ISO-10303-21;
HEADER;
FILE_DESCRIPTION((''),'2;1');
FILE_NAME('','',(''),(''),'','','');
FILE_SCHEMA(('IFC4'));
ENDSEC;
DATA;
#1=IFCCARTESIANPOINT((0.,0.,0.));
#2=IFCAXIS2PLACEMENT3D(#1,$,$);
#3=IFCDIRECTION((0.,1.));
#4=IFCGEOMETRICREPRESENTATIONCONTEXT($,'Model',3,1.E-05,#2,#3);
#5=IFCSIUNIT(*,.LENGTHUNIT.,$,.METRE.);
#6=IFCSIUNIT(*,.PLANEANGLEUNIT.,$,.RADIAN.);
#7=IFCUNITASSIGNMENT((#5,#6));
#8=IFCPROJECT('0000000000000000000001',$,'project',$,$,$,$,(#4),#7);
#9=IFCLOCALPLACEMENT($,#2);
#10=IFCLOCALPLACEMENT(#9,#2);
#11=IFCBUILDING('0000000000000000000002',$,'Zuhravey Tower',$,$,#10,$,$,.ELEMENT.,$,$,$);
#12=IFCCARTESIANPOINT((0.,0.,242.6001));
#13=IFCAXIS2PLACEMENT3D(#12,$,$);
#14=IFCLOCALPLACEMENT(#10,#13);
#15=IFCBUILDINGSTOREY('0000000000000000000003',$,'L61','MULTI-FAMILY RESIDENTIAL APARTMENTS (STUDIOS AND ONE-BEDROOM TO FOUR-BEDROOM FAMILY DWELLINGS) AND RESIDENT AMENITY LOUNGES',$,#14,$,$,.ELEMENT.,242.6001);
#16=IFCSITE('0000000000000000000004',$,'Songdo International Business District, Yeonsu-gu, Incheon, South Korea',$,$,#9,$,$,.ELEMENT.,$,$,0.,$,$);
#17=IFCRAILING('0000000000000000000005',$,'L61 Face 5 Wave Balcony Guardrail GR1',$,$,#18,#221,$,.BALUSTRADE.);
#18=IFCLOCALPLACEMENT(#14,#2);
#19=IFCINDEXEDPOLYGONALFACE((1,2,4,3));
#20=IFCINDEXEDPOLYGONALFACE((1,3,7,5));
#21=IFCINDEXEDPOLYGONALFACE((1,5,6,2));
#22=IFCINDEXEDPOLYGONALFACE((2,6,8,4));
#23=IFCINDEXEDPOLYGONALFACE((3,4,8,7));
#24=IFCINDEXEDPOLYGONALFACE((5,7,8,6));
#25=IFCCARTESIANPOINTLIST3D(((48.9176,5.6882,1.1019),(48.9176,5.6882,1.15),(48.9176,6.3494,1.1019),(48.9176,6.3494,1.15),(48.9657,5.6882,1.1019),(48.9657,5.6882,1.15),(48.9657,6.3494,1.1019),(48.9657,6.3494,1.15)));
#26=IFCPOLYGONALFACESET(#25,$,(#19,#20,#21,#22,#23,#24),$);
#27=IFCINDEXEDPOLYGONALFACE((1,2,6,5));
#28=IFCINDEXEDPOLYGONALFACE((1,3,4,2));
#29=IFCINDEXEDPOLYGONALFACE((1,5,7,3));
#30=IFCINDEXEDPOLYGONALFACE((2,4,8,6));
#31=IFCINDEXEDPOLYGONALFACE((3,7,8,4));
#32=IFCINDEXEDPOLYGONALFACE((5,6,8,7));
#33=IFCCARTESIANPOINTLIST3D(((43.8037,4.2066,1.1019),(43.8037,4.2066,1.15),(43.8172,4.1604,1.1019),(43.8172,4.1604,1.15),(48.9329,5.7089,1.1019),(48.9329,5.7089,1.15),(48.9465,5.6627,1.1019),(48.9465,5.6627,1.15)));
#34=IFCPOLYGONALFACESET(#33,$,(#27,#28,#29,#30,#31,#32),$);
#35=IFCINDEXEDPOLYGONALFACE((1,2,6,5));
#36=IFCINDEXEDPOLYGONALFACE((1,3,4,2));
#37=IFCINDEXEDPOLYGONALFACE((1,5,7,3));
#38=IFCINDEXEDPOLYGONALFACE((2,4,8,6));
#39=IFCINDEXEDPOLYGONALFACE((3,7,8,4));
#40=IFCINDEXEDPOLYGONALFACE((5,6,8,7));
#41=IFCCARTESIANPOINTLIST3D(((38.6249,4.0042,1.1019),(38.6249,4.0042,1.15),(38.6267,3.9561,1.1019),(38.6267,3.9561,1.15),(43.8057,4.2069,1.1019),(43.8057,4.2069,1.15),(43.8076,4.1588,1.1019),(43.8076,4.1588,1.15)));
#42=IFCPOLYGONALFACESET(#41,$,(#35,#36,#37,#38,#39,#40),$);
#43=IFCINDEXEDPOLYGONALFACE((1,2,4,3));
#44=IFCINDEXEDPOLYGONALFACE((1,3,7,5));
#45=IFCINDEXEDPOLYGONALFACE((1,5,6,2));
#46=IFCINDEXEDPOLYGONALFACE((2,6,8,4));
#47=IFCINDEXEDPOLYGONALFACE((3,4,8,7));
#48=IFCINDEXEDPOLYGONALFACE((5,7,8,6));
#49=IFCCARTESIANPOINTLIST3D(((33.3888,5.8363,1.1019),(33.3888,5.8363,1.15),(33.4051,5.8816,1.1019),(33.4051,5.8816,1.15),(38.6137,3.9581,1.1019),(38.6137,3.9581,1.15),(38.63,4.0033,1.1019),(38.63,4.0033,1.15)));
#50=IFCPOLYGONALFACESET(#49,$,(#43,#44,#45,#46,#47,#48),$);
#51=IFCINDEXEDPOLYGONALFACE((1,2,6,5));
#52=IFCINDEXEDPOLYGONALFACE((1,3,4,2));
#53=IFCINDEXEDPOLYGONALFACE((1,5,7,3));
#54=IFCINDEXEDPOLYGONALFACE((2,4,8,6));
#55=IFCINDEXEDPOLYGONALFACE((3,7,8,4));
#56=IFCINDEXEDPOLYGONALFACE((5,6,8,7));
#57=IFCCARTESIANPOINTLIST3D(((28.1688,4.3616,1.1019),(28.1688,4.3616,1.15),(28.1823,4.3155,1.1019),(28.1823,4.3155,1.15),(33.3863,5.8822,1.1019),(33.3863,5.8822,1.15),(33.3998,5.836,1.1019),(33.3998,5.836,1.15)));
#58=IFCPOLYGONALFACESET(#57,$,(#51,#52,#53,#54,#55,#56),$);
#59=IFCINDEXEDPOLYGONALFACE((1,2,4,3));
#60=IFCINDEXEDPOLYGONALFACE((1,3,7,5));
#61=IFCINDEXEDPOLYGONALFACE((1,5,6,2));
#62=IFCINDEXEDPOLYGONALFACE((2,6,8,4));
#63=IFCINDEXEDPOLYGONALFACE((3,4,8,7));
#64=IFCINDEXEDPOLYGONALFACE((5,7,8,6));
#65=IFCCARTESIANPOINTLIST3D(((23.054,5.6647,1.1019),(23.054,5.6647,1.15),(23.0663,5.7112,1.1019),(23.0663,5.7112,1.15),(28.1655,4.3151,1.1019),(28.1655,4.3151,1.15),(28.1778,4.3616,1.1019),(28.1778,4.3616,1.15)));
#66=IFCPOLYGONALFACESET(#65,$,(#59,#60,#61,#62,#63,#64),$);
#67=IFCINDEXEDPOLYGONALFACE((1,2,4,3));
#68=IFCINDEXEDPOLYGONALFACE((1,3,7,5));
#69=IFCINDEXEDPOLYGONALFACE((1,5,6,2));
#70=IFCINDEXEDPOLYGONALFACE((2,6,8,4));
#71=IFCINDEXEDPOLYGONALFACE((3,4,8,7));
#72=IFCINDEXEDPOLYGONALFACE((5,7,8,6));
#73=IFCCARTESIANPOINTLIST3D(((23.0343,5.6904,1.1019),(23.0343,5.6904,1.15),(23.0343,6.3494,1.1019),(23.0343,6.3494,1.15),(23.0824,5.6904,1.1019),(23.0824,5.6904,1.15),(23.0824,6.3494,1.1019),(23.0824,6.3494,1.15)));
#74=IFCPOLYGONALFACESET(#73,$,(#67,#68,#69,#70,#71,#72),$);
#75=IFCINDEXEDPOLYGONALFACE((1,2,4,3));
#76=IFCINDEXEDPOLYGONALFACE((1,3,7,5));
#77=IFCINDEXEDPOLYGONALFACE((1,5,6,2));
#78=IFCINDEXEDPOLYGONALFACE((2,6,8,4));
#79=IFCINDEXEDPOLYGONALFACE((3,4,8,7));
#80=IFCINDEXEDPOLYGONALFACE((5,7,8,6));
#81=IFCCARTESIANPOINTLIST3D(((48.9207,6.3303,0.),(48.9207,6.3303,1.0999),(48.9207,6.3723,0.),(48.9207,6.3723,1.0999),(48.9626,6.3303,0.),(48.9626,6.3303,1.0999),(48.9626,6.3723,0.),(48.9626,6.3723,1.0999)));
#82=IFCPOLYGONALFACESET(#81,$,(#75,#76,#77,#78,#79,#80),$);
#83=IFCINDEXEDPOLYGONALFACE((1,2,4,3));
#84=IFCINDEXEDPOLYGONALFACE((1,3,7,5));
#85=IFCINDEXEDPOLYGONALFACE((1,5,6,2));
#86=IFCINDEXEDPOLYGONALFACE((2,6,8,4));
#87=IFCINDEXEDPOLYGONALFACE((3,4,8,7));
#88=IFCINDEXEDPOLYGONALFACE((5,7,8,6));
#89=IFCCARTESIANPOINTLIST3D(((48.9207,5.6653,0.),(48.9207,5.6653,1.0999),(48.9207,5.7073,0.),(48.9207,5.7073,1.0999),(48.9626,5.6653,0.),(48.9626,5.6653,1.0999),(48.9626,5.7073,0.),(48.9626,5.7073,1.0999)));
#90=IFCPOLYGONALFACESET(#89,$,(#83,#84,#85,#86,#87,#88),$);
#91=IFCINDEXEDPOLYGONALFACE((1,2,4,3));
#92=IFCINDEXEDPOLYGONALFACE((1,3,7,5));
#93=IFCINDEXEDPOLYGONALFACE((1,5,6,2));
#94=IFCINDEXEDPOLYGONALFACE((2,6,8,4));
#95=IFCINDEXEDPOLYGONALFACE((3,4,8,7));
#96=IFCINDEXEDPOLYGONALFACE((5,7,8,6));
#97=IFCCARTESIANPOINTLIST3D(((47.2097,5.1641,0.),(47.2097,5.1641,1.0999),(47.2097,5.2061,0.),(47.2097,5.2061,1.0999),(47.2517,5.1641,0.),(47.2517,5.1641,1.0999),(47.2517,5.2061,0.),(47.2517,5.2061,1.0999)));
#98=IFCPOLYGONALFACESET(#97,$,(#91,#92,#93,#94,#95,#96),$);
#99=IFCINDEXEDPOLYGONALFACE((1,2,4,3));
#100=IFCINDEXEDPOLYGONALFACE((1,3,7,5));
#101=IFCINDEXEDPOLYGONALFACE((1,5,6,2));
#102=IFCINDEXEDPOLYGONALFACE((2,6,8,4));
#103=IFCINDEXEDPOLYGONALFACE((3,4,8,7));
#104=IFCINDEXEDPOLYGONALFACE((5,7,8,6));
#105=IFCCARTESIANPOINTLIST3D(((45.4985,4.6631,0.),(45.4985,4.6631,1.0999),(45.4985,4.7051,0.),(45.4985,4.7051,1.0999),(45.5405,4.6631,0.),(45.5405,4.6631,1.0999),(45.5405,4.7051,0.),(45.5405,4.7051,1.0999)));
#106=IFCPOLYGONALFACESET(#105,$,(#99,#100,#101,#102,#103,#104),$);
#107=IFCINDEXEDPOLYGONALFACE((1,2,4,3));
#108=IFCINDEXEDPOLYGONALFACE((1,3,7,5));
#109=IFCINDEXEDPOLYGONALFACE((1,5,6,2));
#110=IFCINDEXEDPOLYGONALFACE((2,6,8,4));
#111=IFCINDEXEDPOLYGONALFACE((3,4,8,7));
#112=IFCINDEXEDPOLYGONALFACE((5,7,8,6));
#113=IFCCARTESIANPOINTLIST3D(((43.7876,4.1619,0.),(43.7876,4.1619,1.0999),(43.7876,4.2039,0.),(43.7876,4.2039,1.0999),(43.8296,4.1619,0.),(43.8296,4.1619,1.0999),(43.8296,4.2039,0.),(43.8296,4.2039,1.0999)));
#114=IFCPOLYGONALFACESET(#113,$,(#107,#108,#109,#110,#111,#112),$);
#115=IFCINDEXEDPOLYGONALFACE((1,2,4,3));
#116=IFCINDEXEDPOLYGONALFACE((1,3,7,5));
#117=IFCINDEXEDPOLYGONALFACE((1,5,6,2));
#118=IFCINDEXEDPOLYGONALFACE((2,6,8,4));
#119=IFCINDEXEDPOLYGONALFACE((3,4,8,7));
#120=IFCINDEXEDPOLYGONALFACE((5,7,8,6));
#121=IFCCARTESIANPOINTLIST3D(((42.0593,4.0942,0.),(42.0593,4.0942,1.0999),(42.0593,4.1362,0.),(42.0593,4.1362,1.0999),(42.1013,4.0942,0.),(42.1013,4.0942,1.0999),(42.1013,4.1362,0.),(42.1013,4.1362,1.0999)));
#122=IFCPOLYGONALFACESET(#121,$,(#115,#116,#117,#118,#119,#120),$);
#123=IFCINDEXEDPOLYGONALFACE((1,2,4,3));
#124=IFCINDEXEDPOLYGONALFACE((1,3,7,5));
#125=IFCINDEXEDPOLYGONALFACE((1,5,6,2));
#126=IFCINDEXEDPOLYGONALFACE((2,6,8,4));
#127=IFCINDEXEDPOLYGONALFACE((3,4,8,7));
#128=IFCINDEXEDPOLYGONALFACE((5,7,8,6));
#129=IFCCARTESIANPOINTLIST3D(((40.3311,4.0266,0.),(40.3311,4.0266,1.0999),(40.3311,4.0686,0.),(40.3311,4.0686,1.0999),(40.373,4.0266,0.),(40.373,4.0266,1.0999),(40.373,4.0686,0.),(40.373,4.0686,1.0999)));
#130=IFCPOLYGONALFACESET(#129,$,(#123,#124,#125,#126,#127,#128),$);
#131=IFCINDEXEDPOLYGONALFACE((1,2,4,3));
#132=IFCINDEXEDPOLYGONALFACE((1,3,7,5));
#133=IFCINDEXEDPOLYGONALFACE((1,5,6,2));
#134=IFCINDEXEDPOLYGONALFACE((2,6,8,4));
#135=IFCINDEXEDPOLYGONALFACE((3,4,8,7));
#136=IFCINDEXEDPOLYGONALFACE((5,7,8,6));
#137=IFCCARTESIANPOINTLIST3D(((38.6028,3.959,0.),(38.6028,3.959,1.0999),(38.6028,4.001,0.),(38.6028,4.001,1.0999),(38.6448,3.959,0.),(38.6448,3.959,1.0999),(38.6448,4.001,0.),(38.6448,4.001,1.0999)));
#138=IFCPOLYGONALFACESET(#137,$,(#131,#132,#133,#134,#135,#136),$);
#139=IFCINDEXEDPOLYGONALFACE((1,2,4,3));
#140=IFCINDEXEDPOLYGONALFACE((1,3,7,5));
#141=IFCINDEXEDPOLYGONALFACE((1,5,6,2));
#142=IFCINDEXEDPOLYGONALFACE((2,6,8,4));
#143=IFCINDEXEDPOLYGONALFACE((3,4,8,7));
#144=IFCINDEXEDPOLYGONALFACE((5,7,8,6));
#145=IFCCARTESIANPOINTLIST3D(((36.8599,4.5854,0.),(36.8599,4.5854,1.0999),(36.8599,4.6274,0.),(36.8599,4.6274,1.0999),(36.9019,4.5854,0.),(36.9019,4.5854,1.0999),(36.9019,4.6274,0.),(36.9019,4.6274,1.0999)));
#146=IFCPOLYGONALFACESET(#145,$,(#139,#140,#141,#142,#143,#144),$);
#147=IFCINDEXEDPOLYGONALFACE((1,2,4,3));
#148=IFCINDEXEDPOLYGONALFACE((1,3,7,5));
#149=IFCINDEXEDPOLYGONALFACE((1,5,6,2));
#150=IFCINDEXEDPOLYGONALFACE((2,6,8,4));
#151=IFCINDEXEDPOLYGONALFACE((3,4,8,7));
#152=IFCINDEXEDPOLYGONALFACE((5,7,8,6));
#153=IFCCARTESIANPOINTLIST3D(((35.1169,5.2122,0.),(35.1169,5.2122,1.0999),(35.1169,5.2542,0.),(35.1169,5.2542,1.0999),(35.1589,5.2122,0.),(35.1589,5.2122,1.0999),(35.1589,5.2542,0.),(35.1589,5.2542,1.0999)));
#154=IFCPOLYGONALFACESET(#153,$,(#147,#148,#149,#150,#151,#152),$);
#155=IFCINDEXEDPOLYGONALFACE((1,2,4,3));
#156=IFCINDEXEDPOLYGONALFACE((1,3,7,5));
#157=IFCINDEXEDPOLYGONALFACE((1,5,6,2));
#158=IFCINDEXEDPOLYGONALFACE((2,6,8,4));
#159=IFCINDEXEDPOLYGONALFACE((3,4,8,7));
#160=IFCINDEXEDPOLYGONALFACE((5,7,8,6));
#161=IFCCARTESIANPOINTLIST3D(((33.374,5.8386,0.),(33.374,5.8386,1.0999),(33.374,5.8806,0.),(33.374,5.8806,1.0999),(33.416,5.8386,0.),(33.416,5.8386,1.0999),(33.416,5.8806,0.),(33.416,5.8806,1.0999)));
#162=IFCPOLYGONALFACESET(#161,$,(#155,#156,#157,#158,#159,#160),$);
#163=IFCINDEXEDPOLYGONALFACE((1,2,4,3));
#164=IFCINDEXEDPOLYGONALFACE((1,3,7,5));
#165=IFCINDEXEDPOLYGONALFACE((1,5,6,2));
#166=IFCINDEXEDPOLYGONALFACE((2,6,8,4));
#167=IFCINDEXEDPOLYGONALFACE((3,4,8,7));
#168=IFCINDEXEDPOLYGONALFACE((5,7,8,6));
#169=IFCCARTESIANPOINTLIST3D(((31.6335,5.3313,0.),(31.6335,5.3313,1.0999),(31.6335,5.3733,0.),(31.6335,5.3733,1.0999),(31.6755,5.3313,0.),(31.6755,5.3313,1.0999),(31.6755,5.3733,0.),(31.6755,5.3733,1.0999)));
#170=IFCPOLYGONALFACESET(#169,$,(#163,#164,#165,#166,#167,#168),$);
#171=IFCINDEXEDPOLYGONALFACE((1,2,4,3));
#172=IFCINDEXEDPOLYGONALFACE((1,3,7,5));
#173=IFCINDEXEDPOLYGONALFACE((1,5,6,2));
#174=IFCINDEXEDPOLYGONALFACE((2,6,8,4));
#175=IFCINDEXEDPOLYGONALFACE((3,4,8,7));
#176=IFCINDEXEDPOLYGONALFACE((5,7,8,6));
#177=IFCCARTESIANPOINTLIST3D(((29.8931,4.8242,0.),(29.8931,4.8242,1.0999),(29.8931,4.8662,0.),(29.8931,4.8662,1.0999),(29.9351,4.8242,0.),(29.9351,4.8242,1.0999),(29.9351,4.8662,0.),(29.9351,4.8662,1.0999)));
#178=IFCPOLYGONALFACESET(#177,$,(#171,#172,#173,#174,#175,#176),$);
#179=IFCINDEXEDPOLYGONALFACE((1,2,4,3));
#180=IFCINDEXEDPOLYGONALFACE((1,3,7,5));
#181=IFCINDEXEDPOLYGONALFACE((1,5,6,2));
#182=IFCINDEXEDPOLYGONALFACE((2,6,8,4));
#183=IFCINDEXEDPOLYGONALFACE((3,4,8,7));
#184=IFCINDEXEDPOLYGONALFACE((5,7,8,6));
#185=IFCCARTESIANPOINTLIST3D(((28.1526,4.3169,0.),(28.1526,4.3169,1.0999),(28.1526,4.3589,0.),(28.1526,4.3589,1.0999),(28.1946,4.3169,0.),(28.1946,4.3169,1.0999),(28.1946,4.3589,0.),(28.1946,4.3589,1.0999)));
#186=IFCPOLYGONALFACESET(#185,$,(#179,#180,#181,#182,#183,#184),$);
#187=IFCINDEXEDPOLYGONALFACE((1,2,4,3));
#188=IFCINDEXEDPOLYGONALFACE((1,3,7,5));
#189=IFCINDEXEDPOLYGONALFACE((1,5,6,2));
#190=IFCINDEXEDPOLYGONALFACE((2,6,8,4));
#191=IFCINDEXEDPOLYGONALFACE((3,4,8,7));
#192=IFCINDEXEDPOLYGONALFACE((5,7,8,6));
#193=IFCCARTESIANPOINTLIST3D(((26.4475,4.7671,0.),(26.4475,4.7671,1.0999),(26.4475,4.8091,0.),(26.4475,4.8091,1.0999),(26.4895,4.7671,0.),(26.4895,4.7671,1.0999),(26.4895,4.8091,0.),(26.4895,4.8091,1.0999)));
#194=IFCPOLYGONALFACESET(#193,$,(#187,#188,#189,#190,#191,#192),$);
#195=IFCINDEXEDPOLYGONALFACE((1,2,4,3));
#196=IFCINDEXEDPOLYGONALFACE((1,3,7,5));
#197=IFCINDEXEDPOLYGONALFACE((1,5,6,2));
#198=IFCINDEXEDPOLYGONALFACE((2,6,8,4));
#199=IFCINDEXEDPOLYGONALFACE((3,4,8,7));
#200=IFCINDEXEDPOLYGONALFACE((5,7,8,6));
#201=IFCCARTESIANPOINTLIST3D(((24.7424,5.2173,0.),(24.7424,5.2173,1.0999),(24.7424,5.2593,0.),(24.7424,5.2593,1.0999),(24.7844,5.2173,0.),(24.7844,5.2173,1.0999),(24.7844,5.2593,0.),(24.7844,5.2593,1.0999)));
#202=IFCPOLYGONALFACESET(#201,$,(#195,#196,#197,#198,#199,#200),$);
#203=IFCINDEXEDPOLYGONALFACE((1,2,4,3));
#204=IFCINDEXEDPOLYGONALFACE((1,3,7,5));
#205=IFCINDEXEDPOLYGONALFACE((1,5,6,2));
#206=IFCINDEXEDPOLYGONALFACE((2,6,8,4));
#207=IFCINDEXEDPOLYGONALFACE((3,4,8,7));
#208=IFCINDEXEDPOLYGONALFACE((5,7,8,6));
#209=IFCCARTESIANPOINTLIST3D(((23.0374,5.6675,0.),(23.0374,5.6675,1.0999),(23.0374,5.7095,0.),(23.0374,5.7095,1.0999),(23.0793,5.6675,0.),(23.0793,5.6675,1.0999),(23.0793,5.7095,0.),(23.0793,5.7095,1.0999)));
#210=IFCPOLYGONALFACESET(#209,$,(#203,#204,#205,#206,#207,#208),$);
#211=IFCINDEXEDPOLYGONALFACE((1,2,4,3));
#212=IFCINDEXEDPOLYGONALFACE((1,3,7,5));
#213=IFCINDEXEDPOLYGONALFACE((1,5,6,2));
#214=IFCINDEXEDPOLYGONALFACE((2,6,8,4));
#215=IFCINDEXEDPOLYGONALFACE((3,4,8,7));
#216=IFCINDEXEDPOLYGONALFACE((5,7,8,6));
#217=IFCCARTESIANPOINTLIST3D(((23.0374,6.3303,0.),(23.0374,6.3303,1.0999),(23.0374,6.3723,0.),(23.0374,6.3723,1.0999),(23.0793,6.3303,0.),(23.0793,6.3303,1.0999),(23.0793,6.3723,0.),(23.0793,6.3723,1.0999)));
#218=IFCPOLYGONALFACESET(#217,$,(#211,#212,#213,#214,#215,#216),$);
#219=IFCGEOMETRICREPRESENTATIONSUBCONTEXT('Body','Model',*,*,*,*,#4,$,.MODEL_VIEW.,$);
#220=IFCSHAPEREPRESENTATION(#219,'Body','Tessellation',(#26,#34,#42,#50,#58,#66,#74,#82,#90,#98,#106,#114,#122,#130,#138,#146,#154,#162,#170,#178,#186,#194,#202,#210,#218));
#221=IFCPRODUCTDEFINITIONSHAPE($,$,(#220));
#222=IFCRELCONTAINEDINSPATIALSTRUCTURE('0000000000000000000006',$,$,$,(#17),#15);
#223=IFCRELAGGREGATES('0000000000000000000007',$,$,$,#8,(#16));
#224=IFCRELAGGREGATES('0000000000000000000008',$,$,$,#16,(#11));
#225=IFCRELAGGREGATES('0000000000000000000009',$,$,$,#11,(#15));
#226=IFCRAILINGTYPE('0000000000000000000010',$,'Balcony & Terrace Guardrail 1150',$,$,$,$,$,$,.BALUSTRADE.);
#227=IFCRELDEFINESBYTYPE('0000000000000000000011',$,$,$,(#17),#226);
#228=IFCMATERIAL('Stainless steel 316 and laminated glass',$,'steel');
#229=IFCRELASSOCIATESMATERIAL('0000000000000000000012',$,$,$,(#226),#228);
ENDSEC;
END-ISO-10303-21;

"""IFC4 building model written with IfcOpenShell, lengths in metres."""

from ifc_helpers import new_model, si_unit, direction, frame, origin, origin_2d, place, context, subcontext, project, spatial, rectangle, extrude, material, type_object, element, save


model = new_model("IFC4")

# Units and contexts
model_context = context("Model", 3, precision=1e-05, world=origin(), true_north=direction((0.0, 1.0)))
body_context = subcontext(model_context, "Body", "Model", "MODEL_VIEW")
ifc_project = project(units=[si_unit("LENGTHUNIT", "METRE"), si_unit("PLANEANGLEUNIT", "RADIAN")], contexts=[model_context])

# Site, building, storey
site_placement = place(None, origin())
site = spatial("IfcSite", under=ifc_project, at=site_placement, Name="Songdo International Business District, Yeonsu-gu, Incheon, South Korea", CompositionType="ELEMENT", RefElevation=0.0)
building_placement = place(site_placement, origin())
building = spatial("IfcBuilding", under=site, at=building_placement, Name="Zuhravey Tower", CompositionType="ELEMENT")
storey_placement = place(building_placement, frame((0.0, 0.0, 242.6001)))
storey = spatial("IfcBuildingStorey", under=building, at=storey_placement, Name="L61", Description="MULTI-FAMILY RESIDENTIAL APARTMENTS (STUDIOS AND ONE-BEDROOM TO FOUR-BEDROOM FAMILY DWELLINGS) AND RESIDENT AMENITY LOUNGES", CompositionType="ELEMENT", Elevation=242.6001)

# Railing
ifc_material_1 = material(Name="Stainless steel 316 and laminated glass", Category="steel")
railing_type = type_object("IfcRailingType", Name="Balcony & Terrace Guardrail 1150", PredefinedType="BALUSTRADE", material=ifc_material_1)
railing_placement = place(storey_placement, frame((48.9417, 6.3513, 0.0)))
element("IfcRailing", 1, at=railing_placement, inside=storey, type_object=railing_type, Name="L61 Face 5 Wave Balcony Guardrail GR1", PredefinedType="BALUSTRADE", context=body_context, shape_type="SweptSolid", body=[
    extrude(rectangle(XDim=0.0481, YDim=0.0481, at=origin_2d()), frame((0.0, -0.002, 1.126), z_axis=(0.0, -1.0, 0.0), x_axis=(1.0, 0.0, 0.0)), (0.0, 0.0, 1.0), 0.6611),
    extrude(rectangle(XDim=0.0481, YDim=0.0481, at=origin_2d()), frame((-0.002, -0.6655, 1.126), z_axis=(-0.959684, -0.281081, 0.0), x_axis=(0.281081, -0.959684, 0.0)), (0.0, 0.0, 1.0), 5.3447),
    extrude(rectangle(XDim=0.0481, YDim=0.0481, at=origin_2d()), frame((-5.135, -2.1685, 1.126), z_axis=(-0.999235, -0.0391, 0.0), x_axis=(0.0391, -0.999235, 0.0)), (0.0, 0.0, 1.0), 5.1848),
    extrude(rectangle(XDim=0.0481, YDim=0.0481, at=origin_2d()), frame((-10.3198, -2.3706, 1.126), z_axis=(-0.941043, 0.338287, 0.0), x_axis=(-0.338287, -0.941043, 0.0)), (0.0, 0.0, 1.0), 5.5522),
    extrude(rectangle(XDim=0.0481, YDim=0.0481, at=origin_2d()), frame((-15.5486, -0.4922, 1.126), z_axis=(-0.960059, -0.279798, 0.0), x_axis=(0.279798, -0.960059, 0.0)), (0.0, 0.0, 1.0), 5.4346),
    extrude(rectangle(XDim=0.0481, YDim=0.0481, at=origin_2d()), frame((-20.77, -2.0129, 1.126), z_axis=(-0.966866, 0.255284, 0.0), x_axis=(-0.255284, -0.966866, 0.0)), (0.0, 0.0, 1.0), 5.2866),
    extrude(rectangle(XDim=0.0481, YDim=0.0481, at=origin_2d()), frame((-25.8833, -0.6609, 1.126), z_axis=(0.0, 1.0, 0.0), x_axis=(-1.0, 0.0, 0.0)), (0.0, 0.0, 1.0), 0.6589),
    extrude(rectangle(XDim=0.042, YDim=0.042, at=origin_2d()), origin(), (0.0, 0.0, 1.0), 1.0999),
    extrude(rectangle(XDim=0.042, YDim=0.042, at=origin_2d()), frame((0.0, -0.665, 0.0)), (0.0, 0.0, 1.0), 1.0999),
    extrude(rectangle(XDim=0.042, YDim=0.042, at=origin_2d()), frame((-1.7109, -1.1663, 0.0)), (0.0, 0.0, 1.0), 1.0999),
    extrude(rectangle(XDim=0.042, YDim=0.042, at=origin_2d()), frame((-3.4221, -1.6672, 0.0)), (0.0, 0.0, 1.0), 1.0999),
    extrude(rectangle(XDim=0.042, YDim=0.042, at=origin_2d()), frame((-5.1331, -2.1685, 0.0)), (0.0, 0.0, 1.0), 1.0999),
    extrude(rectangle(XDim=0.042, YDim=0.042, at=origin_2d()), frame((-6.8613, -2.2361, 0.0)), (0.0, 0.0, 1.0), 1.0999),
    extrude(rectangle(XDim=0.042, YDim=0.042, at=origin_2d()), frame((-8.5896, -2.3037, 0.0)), (0.0, 0.0, 1.0), 1.0999),
    extrude(rectangle(XDim=0.042, YDim=0.042, at=origin_2d()), frame((-10.3179, -2.3713, 0.0)), (0.0, 0.0, 1.0), 1.0999),
    extrude(rectangle(XDim=0.042, YDim=0.042, at=origin_2d()), frame((-12.0608, -1.7449, 0.0)), (0.0, 0.0, 1.0), 1.0999),
    extrude(rectangle(XDim=0.042, YDim=0.042, at=origin_2d()), frame((-13.8037, -1.1182, 0.0)), (0.0, 0.0, 1.0), 1.0999),
    extrude(rectangle(XDim=0.042, YDim=0.042, at=origin_2d()), frame((-15.5466, -0.4917, 0.0)), (0.0, 0.0, 1.0), 1.0999),
    extrude(rectangle(XDim=0.042, YDim=0.042, at=origin_2d()), frame((-17.2871, -0.999, 0.0)), (0.0, 0.0, 1.0), 1.0999),
    extrude(rectangle(XDim=0.042, YDim=0.042, at=origin_2d()), frame((-19.0276, -1.5061, 0.0)), (0.0, 0.0, 1.0), 1.0999),
    extrude(rectangle(XDim=0.042, YDim=0.042, at=origin_2d()), frame((-20.7681, -2.0134, 0.0)), (0.0, 0.0, 1.0), 1.0999),
    extrude(rectangle(XDim=0.042, YDim=0.042, at=origin_2d()), frame((-22.4731, -1.5632, 0.0)), (0.0, 0.0, 1.0), 1.0999),
    extrude(rectangle(XDim=0.042, YDim=0.042, at=origin_2d()), frame((-24.1782, -1.113, 0.0)), (0.0, 0.0, 1.0), 1.0999),
    extrude(rectangle(XDim=0.042, YDim=0.042, at=origin_2d()), frame((-25.8833, -0.6628, 0.0)), (0.0, 0.0, 1.0), 1.0999),
    extrude(rectangle(XDim=0.042, YDim=0.042, at=origin_2d()), frame((-25.8833, 0.0, 0.0)), (0.0, 0.0, 1.0), 1.0999),
])

save(model, "model.ifc")
